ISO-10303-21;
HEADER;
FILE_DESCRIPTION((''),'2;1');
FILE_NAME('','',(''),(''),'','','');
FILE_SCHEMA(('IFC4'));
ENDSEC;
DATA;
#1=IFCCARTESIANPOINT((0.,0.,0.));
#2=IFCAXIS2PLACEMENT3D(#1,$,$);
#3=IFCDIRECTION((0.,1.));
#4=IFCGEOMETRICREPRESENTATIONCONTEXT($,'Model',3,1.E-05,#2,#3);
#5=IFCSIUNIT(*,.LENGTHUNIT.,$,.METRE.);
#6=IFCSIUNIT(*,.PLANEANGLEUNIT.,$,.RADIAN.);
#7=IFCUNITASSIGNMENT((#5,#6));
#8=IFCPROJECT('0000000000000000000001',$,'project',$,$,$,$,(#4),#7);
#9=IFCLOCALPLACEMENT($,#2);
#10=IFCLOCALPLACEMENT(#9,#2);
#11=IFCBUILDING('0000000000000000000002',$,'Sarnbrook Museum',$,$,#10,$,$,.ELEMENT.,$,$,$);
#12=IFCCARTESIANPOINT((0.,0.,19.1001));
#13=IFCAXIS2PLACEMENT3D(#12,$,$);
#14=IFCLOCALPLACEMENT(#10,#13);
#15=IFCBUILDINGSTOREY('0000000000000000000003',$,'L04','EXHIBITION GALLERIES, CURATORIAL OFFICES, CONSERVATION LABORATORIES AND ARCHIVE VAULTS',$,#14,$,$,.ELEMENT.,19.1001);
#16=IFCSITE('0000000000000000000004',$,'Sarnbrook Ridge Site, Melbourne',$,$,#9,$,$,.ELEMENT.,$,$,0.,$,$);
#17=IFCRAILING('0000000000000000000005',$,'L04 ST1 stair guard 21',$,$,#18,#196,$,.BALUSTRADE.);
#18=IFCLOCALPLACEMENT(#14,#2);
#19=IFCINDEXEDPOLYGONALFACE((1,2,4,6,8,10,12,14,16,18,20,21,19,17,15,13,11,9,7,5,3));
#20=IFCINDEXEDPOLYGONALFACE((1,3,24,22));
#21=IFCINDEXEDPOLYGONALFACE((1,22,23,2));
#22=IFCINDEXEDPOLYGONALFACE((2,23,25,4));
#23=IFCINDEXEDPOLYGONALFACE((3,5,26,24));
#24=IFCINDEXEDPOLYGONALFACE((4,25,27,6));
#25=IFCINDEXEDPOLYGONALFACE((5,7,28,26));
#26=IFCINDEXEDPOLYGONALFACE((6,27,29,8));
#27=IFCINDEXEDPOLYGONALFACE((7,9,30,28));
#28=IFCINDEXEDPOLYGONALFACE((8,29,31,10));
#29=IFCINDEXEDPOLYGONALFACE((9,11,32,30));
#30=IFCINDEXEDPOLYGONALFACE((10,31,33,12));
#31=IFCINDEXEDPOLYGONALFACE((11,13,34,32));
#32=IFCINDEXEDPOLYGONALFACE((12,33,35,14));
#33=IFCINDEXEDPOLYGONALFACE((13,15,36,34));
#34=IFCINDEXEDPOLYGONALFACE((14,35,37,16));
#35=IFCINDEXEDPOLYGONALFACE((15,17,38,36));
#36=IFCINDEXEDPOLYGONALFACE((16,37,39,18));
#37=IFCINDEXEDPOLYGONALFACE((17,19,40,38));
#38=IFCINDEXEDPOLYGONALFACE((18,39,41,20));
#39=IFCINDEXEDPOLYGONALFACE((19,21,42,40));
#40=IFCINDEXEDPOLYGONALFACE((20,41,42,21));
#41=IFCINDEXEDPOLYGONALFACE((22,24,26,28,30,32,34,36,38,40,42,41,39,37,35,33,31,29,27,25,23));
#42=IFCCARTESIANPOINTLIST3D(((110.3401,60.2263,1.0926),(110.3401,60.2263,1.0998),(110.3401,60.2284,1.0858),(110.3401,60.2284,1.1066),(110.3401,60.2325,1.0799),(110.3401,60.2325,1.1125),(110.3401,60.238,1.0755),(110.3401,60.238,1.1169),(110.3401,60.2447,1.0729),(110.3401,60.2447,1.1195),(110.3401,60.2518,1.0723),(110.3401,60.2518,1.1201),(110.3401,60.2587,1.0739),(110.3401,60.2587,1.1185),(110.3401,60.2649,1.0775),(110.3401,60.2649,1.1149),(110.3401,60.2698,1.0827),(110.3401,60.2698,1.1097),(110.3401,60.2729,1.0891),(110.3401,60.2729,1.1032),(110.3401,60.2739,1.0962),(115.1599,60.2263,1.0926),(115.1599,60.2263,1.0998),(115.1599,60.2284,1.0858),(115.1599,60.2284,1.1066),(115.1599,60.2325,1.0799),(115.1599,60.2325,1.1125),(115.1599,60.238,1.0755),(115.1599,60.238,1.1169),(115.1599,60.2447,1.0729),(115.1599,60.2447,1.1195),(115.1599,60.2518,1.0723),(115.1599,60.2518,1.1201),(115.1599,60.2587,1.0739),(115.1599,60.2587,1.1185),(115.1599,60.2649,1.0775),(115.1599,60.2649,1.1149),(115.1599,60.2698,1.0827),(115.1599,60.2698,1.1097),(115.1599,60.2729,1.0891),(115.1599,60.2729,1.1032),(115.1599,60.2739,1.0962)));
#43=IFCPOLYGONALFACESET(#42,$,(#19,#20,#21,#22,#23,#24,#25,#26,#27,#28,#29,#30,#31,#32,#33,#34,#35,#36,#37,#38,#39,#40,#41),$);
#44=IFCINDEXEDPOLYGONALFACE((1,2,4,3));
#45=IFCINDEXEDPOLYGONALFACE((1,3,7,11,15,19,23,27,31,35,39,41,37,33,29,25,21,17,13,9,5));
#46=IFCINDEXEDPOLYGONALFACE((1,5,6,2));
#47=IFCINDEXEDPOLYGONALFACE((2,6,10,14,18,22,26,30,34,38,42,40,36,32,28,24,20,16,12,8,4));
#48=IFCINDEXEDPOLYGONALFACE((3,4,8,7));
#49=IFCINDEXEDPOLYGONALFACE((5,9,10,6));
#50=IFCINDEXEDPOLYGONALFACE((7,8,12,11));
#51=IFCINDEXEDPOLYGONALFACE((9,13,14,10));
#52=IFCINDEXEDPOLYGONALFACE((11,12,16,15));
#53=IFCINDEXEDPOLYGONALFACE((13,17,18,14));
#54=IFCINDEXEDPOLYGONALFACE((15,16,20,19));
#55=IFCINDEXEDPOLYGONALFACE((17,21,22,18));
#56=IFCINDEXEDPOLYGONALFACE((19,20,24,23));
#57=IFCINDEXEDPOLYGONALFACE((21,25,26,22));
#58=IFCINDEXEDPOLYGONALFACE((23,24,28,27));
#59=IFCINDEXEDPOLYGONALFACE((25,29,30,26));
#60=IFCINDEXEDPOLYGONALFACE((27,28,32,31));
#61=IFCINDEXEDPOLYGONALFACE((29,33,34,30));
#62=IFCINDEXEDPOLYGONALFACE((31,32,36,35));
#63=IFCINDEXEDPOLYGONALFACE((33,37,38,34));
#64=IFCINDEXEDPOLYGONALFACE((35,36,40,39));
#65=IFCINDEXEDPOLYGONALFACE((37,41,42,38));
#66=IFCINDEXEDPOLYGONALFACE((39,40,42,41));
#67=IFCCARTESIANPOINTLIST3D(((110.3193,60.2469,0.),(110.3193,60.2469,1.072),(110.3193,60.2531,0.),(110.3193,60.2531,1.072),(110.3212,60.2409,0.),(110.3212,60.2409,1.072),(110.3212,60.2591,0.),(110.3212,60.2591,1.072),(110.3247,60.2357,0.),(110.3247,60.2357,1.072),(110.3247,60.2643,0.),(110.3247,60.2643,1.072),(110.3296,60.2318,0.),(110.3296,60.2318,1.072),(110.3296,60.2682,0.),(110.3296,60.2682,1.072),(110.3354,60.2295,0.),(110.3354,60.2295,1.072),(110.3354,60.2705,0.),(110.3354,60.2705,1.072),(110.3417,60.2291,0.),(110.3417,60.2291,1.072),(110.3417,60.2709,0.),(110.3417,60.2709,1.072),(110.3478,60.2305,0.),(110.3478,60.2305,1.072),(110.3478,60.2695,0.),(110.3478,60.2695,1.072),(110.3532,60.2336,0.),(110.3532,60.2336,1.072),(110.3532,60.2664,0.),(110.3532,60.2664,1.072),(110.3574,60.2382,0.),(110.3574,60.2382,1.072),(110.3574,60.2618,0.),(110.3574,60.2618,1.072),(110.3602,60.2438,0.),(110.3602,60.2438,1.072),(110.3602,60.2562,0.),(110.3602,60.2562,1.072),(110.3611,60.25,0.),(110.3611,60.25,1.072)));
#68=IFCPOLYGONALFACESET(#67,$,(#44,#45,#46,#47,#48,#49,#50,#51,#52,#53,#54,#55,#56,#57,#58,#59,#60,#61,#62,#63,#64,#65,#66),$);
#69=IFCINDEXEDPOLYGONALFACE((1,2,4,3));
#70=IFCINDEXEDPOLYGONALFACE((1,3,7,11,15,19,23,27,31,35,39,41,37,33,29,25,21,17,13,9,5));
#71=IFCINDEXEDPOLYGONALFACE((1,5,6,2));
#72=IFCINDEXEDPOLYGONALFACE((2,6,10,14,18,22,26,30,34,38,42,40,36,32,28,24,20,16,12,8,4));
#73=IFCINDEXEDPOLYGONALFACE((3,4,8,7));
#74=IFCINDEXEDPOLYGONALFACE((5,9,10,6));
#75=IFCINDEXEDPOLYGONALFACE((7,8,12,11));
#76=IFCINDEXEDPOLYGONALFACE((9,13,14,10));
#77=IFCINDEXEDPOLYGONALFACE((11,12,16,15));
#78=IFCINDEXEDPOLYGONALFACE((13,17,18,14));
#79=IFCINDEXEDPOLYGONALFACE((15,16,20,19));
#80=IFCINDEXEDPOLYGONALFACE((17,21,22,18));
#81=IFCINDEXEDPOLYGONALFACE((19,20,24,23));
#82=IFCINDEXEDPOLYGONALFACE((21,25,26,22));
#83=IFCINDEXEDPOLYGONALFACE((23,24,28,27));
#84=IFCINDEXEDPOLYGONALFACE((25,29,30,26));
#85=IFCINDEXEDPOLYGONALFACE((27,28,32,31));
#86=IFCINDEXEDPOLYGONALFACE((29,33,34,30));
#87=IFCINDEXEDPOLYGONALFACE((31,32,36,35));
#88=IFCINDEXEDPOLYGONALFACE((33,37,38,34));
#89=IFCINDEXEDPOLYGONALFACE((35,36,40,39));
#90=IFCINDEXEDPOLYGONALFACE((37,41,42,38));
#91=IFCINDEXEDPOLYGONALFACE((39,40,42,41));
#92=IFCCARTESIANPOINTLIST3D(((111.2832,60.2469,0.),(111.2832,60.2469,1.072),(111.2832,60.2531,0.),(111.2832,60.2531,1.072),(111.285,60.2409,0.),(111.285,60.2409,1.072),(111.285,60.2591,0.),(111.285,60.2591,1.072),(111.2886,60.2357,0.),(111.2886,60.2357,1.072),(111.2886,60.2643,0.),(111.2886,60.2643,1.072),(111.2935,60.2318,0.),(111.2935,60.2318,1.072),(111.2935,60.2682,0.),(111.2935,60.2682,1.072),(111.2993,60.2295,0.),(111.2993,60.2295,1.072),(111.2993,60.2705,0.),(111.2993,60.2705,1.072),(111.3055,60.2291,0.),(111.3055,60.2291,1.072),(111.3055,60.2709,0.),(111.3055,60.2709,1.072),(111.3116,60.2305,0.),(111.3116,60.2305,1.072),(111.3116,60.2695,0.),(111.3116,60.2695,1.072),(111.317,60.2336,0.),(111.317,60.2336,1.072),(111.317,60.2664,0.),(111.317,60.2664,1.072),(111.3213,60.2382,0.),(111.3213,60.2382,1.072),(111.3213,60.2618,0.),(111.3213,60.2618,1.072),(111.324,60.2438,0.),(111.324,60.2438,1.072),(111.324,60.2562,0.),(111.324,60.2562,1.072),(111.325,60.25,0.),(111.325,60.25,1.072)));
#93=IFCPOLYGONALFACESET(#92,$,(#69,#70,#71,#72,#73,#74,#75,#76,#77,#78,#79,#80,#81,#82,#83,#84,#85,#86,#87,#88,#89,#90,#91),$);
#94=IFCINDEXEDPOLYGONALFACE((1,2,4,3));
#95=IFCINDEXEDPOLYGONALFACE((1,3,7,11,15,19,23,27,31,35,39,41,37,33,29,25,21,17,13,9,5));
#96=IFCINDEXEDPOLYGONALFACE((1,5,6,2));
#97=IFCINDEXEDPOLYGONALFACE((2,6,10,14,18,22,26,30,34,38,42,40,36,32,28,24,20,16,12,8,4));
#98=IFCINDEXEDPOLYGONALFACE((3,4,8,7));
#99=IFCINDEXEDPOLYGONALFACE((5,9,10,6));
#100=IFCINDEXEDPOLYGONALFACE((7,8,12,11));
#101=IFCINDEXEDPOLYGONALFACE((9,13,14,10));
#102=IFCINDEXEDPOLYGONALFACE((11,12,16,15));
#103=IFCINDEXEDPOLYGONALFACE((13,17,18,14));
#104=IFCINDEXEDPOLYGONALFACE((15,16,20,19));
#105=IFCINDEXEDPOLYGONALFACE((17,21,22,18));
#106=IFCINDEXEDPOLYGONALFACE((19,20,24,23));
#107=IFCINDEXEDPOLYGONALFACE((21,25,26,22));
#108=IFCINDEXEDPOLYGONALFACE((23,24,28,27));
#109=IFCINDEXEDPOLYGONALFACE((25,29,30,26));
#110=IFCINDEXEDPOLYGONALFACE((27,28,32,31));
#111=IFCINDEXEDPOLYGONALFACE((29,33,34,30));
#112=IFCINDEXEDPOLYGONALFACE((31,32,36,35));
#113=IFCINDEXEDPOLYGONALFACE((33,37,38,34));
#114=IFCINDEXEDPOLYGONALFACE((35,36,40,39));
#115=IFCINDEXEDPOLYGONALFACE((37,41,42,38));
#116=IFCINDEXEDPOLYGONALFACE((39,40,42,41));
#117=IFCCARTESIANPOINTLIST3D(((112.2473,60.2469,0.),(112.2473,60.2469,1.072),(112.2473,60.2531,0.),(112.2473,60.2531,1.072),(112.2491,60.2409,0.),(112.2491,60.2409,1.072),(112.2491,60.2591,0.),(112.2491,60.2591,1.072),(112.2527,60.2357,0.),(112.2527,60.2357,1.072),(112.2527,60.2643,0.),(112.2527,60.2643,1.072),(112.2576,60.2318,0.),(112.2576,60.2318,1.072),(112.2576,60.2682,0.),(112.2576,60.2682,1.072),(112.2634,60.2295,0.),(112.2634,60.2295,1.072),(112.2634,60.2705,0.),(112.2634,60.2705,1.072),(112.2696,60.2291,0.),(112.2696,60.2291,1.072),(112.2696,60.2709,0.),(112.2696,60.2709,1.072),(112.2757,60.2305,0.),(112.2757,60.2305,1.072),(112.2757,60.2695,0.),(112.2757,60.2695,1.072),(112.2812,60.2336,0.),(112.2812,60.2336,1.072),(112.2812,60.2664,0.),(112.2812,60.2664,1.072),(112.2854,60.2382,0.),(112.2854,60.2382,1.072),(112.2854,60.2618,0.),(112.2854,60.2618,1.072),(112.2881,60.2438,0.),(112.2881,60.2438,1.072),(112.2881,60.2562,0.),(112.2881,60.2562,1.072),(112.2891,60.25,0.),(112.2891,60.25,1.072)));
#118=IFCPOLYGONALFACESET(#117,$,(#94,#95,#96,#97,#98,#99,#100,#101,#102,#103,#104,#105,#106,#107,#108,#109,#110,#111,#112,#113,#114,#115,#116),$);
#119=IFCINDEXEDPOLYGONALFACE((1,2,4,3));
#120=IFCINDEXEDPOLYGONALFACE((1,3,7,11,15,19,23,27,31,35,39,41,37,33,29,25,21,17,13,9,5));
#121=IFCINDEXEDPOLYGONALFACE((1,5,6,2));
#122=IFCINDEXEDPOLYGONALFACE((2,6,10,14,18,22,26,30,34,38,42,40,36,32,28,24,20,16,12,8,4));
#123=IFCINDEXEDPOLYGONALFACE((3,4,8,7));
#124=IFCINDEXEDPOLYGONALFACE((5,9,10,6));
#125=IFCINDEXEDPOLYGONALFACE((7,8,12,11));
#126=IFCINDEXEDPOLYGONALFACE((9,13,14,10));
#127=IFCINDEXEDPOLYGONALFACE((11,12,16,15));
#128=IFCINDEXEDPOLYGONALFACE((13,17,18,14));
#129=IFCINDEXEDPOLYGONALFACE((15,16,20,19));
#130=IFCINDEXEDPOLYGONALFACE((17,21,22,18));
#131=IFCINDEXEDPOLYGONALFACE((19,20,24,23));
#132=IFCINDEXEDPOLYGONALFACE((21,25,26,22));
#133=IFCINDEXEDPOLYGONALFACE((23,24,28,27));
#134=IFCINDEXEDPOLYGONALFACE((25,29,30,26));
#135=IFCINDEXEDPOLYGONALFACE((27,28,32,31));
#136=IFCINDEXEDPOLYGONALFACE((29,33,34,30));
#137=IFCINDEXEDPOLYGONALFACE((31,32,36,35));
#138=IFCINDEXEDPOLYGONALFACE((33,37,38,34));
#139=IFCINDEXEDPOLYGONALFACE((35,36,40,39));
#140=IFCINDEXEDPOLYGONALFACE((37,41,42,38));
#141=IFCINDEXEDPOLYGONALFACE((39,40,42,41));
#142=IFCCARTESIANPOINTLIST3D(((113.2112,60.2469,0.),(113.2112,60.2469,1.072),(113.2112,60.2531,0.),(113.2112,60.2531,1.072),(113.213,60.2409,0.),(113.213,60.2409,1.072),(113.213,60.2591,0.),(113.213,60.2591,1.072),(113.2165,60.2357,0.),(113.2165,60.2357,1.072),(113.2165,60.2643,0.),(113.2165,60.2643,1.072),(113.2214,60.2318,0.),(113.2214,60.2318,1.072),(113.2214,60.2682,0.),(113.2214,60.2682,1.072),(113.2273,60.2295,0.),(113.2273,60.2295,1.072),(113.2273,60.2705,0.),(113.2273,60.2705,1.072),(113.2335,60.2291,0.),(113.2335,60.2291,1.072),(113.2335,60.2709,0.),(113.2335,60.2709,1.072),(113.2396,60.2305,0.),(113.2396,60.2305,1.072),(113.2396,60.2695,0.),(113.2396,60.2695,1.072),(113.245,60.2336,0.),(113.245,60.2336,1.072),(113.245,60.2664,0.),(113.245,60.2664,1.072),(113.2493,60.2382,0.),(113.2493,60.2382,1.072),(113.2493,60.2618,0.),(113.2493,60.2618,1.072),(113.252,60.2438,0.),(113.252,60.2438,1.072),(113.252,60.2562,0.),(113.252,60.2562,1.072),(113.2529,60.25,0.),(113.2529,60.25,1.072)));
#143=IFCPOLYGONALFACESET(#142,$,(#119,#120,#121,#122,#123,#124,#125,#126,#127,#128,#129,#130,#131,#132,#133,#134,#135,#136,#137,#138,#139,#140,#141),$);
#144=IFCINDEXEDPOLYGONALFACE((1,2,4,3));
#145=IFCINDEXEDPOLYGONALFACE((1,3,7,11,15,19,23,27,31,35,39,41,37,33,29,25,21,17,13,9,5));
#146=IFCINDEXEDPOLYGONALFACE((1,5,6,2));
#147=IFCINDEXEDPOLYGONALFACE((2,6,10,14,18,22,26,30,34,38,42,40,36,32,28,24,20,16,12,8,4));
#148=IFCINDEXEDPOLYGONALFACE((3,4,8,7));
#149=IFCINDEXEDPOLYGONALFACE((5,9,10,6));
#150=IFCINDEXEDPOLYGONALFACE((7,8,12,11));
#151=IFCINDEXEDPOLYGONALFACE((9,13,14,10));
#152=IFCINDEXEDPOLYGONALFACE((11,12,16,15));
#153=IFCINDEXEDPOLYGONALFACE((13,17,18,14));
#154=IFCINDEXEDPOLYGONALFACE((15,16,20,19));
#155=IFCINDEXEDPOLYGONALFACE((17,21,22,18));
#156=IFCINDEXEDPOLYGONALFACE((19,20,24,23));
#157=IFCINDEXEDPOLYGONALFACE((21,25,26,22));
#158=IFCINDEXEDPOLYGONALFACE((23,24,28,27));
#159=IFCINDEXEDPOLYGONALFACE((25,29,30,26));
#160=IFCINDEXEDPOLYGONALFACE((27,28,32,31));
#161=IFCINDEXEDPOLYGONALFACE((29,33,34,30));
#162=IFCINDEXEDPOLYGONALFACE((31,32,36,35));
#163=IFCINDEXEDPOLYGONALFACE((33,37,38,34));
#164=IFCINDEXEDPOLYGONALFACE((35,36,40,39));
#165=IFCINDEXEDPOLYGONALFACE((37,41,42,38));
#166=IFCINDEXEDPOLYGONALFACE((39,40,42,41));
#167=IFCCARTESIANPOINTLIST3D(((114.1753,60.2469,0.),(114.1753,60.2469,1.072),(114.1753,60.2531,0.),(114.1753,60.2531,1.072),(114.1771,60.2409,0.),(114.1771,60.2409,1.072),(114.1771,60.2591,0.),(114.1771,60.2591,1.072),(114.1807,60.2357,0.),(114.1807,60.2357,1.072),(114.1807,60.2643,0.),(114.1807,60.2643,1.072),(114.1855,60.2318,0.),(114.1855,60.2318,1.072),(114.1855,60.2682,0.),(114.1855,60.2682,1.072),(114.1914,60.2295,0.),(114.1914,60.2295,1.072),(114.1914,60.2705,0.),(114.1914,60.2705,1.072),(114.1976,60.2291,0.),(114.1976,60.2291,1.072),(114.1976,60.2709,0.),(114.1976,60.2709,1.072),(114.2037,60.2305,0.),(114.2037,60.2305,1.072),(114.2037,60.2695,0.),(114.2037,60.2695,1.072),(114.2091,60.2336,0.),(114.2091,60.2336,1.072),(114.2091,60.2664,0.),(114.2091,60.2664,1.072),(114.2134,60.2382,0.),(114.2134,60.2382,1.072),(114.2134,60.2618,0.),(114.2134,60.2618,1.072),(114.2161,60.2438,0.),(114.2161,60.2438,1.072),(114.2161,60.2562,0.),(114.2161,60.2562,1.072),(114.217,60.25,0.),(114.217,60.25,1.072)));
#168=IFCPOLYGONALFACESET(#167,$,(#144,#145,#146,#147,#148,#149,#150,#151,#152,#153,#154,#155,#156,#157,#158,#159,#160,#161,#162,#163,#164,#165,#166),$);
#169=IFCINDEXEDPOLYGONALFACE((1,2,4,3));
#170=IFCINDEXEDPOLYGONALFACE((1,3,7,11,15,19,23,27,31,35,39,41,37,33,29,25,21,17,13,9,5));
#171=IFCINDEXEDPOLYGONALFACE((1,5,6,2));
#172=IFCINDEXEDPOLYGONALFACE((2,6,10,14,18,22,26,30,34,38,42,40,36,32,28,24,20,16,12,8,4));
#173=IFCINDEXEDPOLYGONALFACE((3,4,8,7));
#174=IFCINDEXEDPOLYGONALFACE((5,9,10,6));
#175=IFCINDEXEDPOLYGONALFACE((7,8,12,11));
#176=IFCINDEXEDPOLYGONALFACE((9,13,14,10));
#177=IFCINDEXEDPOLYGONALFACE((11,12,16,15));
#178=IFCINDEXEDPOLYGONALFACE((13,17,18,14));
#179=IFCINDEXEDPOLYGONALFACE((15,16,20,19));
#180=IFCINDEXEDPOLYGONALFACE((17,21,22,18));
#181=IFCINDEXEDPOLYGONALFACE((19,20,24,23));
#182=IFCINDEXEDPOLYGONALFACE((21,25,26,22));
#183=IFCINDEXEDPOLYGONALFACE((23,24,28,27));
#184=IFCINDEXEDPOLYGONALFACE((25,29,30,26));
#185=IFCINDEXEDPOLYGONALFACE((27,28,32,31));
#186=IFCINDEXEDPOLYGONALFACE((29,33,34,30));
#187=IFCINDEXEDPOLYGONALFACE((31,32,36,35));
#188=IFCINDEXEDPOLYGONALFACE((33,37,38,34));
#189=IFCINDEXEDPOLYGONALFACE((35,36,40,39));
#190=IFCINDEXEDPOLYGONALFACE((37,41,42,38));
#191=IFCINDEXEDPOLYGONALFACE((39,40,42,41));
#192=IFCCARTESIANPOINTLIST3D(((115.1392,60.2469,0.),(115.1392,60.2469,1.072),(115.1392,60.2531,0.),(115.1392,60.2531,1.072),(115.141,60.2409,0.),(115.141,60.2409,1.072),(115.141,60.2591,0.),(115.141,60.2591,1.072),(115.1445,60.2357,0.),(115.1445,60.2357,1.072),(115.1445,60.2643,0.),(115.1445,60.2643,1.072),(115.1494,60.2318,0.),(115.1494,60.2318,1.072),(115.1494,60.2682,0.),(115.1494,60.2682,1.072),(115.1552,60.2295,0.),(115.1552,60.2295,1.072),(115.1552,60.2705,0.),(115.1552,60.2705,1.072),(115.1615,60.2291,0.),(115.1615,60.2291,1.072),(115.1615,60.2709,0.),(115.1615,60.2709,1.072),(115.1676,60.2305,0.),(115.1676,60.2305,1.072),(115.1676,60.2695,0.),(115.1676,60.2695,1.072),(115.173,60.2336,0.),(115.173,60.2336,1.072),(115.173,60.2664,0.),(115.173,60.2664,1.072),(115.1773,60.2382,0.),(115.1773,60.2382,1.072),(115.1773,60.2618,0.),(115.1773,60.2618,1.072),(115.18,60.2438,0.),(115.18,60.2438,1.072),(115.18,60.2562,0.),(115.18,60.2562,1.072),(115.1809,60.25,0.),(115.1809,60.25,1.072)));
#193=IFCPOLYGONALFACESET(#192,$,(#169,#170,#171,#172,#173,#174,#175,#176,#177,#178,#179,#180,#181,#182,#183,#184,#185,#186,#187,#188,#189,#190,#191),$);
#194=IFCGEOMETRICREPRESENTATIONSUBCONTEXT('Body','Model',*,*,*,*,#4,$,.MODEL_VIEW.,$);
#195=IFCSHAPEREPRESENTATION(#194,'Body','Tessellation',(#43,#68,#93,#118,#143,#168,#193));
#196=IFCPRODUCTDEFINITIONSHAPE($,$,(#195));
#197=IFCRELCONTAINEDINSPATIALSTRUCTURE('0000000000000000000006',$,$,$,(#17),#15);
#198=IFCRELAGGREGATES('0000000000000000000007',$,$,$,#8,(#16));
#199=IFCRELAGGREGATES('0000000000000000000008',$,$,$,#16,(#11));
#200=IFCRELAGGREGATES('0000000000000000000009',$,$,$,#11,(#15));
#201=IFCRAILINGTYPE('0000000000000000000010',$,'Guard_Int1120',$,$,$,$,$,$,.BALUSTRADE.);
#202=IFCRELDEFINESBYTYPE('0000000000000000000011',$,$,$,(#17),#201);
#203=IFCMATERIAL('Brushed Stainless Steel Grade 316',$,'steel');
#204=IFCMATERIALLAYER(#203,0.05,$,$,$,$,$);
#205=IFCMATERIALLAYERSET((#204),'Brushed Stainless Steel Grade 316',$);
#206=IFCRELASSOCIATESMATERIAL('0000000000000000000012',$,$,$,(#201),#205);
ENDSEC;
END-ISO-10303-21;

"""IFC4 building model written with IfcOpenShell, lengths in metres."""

from ifc_helpers import new_model, si_unit, direction, frame, origin, origin_2d, place, context, subcontext, project, spatial, circle, extrude, material, layer, layer_set, type_object, element, save


model = new_model("IFC4")

# Units and contexts
model_context = context("Model", 3, precision=1e-05, world=origin(), true_north=direction((0.0, 1.0)))
body_context = subcontext(model_context, "Body", "Model", "MODEL_VIEW")
ifc_project = project(units=[si_unit("LENGTHUNIT", "METRE"), si_unit("PLANEANGLEUNIT", "RADIAN")], contexts=[model_context])

# Site, building, storey
site_placement = place(None, origin())
site = spatial("IfcSite", under=ifc_project, at=site_placement, Name="Sarnbrook Ridge Site, Melbourne", CompositionType="ELEMENT", RefElevation=0.0)
building_placement = place(site_placement, origin())
building = spatial("IfcBuilding", under=site, at=building_placement, Name="Sarnbrook Museum", CompositionType="ELEMENT")
storey_placement = place(building_placement, frame((0.0, 0.0, 19.1001)))
storey = spatial("IfcBuildingStorey", under=building, at=storey_placement, Name="L04", Description="EXHIBITION GALLERIES, CURATORIAL OFFICES, CONSERVATION LABORATORIES AND ARCHIVE VAULTS", CompositionType="ELEMENT", Elevation=19.1001)

# Railing
ifc_material_1 = material(Name="Brushed Stainless Steel Grade 316", Category="steel")
ifc_layer_1 = layer(ifc_material_1, 0.05)
ifc_layer_set_1 = layer_set([ifc_layer_1], Name="Brushed Stainless Steel Grade 316")
railing_type_1 = type_object("IfcRailingType", Name="Guard_Int1120", PredefinedType="BALUSTRADE", material=ifc_layer_set_1)
railing_1_placement = place(storey_placement, frame((110.3401, 60.25, 0.0)))
element("IfcRailing", 1, at=railing_1_placement, inside=storey, type_object=railing_type_1, Name="L04 ST1 stair guard 21", PredefinedType="BALUSTRADE", context=body_context, shape_type="SweptSolid", body=[
    extrude(circle(Radius=0.0239, at=origin_2d()), frame((0.0, 0.0, 1.0962), z_axis=(1.0, 0.0, 0.0), x_axis=(0.0, 1.0, 0.0)), (0.0, 0.0, 1.0), 4.8198),
    extrude(circle(Radius=0.021, at=origin_2d()), origin(), (0.0, 0.0, 1.0), 1.072),
    extrude(circle(Radius=0.021, at=origin_2d()), frame((0.9639, 0.0, 0.0)), (0.0, 0.0, 1.0), 1.072),
    extrude(circle(Radius=0.021, at=origin_2d()), frame((1.928, 0.0, 0.0)), (0.0, 0.0, 1.0), 1.072),
    extrude(circle(Radius=0.021, at=origin_2d()), frame((2.8918, 0.0, 0.0)), (0.0, 0.0, 1.0), 1.072),
    extrude(circle(Radius=0.021, at=origin_2d()), frame((3.856, 0.0, 0.0)), (0.0, 0.0, 1.0), 1.072),
    extrude(circle(Radius=0.021, at=origin_2d()), frame((4.8198, 0.0, 0.0)), (0.0, 0.0, 1.0), 1.072),
])

save(model, "model.ifc")
